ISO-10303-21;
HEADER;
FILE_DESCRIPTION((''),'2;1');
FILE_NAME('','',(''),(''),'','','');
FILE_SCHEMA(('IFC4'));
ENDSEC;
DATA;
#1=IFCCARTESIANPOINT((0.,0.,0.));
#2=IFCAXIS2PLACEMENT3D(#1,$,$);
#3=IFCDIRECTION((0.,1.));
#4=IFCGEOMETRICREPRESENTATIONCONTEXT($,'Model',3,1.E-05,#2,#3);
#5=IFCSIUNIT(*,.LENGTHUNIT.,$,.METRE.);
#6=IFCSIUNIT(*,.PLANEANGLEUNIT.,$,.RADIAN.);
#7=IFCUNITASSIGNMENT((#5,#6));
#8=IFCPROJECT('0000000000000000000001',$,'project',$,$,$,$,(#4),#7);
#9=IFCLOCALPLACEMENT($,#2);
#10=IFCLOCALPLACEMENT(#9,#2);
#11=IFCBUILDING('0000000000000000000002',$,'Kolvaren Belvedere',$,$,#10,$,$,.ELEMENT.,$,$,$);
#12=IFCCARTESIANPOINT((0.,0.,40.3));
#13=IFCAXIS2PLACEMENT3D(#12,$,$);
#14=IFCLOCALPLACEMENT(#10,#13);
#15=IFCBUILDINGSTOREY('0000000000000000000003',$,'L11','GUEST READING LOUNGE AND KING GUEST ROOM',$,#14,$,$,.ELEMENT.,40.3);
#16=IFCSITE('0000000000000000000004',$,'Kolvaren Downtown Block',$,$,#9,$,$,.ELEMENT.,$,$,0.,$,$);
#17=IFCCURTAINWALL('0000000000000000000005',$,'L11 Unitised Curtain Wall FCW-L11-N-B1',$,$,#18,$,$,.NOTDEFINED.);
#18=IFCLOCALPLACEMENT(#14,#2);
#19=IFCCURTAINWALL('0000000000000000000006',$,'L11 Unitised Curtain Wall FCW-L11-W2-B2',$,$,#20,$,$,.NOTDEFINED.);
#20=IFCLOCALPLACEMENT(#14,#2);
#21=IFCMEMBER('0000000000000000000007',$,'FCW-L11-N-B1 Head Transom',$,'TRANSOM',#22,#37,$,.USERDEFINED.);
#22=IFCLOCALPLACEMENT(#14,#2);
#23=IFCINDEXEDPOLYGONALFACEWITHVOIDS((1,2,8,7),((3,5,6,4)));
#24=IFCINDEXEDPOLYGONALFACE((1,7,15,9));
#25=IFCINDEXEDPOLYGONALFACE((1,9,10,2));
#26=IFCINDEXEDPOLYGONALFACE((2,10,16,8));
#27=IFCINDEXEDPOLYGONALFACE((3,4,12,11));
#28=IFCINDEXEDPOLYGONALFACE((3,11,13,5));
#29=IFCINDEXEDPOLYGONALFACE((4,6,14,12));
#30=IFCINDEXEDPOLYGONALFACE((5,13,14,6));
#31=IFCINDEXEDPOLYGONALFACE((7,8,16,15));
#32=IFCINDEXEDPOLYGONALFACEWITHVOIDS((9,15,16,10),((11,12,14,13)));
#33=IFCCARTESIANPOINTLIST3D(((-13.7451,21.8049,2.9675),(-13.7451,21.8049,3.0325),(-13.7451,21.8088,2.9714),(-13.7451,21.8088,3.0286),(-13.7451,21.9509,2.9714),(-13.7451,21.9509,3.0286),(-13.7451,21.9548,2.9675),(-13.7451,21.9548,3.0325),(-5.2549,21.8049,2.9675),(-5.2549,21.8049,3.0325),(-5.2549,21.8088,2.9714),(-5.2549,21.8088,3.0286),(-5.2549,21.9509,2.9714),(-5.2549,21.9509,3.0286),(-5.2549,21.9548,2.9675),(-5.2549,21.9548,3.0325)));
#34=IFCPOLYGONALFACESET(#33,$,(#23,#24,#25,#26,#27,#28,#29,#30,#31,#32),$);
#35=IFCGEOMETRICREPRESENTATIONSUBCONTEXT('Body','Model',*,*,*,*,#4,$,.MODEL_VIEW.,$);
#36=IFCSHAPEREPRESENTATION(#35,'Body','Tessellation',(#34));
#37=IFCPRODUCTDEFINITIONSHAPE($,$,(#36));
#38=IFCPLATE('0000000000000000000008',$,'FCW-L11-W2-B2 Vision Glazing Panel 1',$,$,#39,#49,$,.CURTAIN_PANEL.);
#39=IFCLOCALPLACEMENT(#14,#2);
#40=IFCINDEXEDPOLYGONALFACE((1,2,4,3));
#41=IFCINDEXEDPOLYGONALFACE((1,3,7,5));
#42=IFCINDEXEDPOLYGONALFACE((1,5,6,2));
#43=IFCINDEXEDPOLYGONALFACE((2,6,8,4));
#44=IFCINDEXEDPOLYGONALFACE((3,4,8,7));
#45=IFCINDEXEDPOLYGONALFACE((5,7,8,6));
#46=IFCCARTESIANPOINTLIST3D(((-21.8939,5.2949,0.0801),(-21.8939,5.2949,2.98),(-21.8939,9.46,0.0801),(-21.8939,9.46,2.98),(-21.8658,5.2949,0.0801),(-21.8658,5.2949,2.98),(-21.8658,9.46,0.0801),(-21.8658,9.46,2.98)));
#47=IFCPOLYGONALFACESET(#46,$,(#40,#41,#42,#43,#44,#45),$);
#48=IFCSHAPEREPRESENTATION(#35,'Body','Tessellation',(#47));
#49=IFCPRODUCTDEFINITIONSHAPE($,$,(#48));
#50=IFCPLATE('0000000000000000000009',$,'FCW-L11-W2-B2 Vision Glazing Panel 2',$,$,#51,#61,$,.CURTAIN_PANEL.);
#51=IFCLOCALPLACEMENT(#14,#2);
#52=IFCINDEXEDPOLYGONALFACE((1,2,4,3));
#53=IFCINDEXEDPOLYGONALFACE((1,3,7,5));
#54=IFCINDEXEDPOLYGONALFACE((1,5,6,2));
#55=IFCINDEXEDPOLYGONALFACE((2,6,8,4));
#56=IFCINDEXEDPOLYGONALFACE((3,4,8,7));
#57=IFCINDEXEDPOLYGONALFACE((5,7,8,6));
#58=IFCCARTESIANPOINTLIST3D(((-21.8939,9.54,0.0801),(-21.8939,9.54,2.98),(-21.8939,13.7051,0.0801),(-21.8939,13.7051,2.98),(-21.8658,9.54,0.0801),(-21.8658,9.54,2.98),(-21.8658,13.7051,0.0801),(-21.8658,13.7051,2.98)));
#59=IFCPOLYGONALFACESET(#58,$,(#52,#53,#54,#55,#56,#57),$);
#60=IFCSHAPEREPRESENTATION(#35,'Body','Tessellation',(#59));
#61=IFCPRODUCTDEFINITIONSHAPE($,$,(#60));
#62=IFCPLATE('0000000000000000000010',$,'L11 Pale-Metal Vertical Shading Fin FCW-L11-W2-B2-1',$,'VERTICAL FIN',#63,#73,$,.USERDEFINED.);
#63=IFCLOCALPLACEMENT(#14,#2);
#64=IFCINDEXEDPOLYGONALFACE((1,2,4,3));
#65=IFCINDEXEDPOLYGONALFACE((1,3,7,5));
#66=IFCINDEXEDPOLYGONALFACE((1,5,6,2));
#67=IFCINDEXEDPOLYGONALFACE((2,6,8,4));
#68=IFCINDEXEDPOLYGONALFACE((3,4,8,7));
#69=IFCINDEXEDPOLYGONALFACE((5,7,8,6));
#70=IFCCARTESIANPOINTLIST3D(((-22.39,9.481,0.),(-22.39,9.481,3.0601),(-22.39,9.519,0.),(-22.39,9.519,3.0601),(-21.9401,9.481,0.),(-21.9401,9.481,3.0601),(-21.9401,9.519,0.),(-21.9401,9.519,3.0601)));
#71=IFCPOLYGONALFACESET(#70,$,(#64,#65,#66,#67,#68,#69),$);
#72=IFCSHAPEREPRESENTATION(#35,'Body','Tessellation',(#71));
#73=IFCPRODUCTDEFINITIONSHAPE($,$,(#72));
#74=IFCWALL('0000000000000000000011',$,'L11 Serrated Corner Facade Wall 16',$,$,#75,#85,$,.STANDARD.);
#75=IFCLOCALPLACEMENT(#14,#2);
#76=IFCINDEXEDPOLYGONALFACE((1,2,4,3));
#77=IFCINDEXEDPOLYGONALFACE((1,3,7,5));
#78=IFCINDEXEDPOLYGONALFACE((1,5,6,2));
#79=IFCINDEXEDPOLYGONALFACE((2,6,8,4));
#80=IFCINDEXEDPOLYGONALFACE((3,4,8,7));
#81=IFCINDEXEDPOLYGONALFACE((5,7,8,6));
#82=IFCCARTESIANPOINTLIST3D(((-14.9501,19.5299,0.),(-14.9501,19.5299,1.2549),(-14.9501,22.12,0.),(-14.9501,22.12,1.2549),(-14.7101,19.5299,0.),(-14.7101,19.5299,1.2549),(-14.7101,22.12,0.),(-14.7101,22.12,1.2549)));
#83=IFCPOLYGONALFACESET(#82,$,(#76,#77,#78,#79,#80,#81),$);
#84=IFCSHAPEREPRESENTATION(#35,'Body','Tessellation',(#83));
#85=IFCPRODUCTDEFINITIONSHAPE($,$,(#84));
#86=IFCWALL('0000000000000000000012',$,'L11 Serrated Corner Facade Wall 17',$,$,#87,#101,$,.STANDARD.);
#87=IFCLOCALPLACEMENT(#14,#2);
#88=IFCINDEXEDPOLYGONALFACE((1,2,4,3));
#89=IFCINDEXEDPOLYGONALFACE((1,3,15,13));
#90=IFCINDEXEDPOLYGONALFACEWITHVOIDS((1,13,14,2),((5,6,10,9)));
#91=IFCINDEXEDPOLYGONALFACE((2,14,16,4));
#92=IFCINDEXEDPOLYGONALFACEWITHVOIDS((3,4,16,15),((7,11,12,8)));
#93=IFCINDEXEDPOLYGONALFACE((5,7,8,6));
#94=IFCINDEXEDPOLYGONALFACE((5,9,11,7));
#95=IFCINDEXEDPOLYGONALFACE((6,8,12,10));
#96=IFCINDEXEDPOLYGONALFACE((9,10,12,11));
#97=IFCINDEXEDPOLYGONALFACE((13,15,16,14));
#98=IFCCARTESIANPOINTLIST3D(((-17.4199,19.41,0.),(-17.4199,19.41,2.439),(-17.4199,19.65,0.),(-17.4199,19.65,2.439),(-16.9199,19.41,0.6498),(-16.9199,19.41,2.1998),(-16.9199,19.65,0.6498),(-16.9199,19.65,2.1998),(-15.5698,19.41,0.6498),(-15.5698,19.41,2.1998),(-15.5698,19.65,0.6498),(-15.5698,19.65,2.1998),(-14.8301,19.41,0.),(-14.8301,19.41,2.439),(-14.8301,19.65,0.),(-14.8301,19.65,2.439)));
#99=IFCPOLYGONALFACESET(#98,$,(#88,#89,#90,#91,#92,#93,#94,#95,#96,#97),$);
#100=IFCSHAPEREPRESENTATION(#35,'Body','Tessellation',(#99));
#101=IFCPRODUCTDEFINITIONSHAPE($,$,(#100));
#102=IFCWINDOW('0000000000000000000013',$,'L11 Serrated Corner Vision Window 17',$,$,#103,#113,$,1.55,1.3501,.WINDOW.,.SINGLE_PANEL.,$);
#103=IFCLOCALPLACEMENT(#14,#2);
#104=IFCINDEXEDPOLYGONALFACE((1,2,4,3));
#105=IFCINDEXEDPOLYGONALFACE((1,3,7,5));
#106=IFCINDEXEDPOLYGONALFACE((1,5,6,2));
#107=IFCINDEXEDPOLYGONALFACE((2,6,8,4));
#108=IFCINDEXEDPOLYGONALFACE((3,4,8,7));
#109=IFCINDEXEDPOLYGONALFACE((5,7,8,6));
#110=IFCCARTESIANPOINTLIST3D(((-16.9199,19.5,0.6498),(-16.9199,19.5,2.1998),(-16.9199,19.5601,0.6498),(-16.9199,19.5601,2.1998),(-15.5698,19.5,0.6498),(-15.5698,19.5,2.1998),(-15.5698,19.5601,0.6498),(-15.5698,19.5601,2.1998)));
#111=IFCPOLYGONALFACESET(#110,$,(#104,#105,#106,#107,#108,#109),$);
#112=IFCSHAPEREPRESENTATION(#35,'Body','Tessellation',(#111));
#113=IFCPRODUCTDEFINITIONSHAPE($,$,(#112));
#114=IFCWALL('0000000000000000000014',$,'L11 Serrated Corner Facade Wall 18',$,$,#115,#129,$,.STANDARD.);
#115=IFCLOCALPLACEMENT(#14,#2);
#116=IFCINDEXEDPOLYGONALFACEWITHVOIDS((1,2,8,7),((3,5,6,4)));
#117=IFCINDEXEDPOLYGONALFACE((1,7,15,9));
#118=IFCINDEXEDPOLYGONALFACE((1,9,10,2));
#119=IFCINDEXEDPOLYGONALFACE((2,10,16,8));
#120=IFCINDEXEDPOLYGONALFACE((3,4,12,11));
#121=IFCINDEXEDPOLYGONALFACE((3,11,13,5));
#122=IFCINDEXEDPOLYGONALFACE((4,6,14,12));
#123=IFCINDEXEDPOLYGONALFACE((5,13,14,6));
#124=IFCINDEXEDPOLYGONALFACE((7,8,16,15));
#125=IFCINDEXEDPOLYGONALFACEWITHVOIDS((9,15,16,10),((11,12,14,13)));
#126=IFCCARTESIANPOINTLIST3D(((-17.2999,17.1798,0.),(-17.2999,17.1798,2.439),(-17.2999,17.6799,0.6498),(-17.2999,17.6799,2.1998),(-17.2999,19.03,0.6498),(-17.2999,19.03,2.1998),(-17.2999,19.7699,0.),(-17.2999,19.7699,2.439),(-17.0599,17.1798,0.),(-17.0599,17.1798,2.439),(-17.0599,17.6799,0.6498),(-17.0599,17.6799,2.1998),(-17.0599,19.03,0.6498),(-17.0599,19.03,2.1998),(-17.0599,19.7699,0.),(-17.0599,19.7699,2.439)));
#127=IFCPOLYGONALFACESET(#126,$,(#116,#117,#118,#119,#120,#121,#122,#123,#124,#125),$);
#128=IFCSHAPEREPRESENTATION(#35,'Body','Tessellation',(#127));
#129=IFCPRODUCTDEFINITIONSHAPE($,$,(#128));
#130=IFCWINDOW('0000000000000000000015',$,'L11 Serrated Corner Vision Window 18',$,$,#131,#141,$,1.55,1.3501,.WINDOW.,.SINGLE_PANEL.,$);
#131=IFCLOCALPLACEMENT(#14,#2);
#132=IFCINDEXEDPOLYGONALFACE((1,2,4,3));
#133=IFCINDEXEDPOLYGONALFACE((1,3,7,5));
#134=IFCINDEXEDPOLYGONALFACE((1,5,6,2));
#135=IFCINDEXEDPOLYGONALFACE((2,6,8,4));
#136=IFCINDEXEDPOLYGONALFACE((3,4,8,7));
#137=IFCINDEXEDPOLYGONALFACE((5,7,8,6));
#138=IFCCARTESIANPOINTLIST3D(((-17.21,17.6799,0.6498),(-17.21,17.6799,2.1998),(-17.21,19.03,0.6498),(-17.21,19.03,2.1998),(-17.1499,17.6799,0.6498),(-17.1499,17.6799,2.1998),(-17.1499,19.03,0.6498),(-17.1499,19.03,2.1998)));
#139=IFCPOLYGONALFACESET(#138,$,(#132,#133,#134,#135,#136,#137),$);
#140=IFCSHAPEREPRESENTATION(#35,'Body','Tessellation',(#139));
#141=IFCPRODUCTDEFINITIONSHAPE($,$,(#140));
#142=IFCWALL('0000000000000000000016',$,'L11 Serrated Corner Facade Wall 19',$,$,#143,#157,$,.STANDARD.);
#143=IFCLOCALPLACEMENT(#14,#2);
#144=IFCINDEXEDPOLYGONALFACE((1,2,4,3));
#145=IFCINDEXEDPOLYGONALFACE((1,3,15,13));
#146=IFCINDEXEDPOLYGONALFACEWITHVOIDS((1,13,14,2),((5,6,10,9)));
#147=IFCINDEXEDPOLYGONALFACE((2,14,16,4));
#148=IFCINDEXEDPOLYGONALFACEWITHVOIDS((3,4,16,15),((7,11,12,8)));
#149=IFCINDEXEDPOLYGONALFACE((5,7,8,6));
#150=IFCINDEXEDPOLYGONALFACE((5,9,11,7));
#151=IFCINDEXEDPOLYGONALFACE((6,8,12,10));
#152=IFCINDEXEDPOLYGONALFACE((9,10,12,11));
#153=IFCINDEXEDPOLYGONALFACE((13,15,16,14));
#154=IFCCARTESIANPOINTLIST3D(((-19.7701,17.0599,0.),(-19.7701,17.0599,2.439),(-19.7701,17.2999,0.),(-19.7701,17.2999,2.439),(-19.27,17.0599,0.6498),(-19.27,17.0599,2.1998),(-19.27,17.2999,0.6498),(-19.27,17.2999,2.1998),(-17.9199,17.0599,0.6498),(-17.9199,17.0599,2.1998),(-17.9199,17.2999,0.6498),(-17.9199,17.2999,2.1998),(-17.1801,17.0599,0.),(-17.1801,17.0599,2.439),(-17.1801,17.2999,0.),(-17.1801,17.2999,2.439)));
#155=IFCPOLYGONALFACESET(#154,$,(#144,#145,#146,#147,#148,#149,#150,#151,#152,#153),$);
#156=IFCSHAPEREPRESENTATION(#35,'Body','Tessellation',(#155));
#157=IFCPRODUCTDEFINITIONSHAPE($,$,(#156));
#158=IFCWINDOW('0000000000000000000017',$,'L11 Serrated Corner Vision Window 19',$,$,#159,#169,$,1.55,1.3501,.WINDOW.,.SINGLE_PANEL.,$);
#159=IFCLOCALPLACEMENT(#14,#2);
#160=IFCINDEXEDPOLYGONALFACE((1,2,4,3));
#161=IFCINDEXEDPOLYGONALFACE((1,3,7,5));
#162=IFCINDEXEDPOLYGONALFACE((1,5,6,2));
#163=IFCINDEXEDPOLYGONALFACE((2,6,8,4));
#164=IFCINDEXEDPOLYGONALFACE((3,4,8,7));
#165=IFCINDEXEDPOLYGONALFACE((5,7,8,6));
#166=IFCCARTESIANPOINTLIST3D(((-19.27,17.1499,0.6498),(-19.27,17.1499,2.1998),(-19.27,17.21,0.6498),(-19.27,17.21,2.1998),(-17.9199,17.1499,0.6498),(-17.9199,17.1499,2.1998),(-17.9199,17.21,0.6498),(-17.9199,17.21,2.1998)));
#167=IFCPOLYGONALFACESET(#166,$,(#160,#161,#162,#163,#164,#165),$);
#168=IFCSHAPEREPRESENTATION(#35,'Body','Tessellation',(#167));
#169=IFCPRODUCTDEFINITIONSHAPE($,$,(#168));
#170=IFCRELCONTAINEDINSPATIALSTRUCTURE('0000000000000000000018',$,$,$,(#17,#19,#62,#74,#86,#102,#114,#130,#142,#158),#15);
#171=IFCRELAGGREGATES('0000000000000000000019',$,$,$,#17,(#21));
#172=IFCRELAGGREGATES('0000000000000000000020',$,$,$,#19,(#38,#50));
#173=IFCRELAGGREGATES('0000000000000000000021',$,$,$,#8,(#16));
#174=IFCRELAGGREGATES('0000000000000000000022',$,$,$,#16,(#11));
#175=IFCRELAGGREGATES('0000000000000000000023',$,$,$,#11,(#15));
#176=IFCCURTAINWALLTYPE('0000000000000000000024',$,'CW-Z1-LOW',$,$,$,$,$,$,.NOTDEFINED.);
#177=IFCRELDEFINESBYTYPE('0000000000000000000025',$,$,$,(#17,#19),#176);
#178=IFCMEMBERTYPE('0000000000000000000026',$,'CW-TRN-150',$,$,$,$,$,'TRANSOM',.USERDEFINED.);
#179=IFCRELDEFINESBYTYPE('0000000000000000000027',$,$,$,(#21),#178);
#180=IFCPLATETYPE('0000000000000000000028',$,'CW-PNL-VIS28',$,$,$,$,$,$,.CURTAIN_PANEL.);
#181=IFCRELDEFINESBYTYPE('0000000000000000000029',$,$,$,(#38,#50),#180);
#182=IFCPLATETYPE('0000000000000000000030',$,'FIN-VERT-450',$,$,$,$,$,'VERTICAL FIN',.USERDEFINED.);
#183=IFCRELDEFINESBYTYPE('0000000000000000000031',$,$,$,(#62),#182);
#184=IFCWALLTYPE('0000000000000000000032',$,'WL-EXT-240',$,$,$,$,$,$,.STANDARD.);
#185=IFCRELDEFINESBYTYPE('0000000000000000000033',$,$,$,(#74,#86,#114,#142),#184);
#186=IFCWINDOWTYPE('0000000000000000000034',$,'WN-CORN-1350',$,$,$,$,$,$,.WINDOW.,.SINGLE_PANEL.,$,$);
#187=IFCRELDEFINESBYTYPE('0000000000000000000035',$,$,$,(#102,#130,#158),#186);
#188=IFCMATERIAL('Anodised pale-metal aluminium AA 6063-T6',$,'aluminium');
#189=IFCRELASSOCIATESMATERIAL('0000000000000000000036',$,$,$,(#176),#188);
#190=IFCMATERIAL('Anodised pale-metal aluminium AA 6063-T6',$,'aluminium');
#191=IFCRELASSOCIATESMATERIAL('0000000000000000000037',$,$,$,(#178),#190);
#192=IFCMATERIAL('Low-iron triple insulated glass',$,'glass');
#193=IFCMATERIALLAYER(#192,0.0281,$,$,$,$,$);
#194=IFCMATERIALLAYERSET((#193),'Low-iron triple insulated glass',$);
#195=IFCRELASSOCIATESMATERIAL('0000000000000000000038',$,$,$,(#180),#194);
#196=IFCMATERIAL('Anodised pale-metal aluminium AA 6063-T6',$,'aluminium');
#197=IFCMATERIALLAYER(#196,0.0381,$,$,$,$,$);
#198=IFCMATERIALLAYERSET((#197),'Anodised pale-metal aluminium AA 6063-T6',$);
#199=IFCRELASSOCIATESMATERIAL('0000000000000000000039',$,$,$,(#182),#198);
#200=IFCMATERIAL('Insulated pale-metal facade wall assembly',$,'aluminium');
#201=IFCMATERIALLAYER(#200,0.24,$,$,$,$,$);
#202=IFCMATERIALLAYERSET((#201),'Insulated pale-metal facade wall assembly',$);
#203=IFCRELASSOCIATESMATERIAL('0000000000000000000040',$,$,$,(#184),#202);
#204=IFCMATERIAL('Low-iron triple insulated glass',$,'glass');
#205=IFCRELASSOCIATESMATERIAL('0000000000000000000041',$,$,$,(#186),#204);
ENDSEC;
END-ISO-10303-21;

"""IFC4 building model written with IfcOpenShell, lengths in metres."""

from ifc_helpers import new_model, si_unit, direction, frame, frame_2d, origin, origin_2d, place, context, subcontext, project, spatial, rectangle, hollow_rectangle, extrude, material, layer, layer_set, material_profile, profile_set, type_object, element, fill, aggregate, save


model = new_model("IFC4")

# Units and contexts
model_context = context("Model", 3, precision=1e-05, world=origin(), true_north=direction((0.0, 1.0)))
body_context = subcontext(model_context, "Body", "Model", "MODEL_VIEW")
ifc_project = project(units=[si_unit("LENGTHUNIT", "METRE"), si_unit("PLANEANGLEUNIT", "RADIAN")], contexts=[model_context])

# Site, building, storey
site_placement = place(None, origin())
site = spatial("IfcSite", under=ifc_project, at=site_placement, Name="Kolvaren Downtown Block", CompositionType="ELEMENT", RefElevation=0.0)
building_placement = place(site_placement, origin())
building = spatial("IfcBuilding", under=site, at=building_placement, Name="Kolvaren Belvedere", CompositionType="ELEMENT")
storey_placement = place(building_placement, frame((0.0, 0.0, 40.3)))
storey = spatial("IfcBuildingStorey", under=building, at=storey_placement, Name="L11", Description="GUEST READING LOUNGE AND KING GUEST ROOM", CompositionType="ELEMENT", Elevation=40.3)

# Curtain wall
ifc_material_1 = material(Name="Anodised pale-metal aluminium AA 6063-T6", Category="aluminium")
curtain_wall_type = type_object("IfcCurtainWallType", Name="CW-Z1-LOW", PredefinedType="NOTDEFINED", material=ifc_material_1)
curtain_wall_1_placement = place(storey_placement, origin())
curtain_wall_1 = element("IfcCurtainWall", 1, at=curtain_wall_1_placement, inside=storey, type_object=curtain_wall_type, Name="L11 Unitised Curtain Wall FCW-L11-N-B1", PredefinedType="NOTDEFINED")

# Curtain wall
curtain_wall_2_placement = place(storey_placement, origin())
curtain_wall_2 = element("IfcCurtainWall", 2, at=curtain_wall_2_placement, inside=storey, type_object=curtain_wall_type, Name="L11 Unitised Curtain Wall FCW-L11-W2-B2", PredefinedType="NOTDEFINED")

# Member
ifc_material_2 = material(Name="Anodised pale-metal aluminium AA 6063-T6", Category="aluminium")
ifc_material_profile_1 = material_profile(ifc_material_2, hollow_rectangle(XDim=0.0649, YDim=0.1499, WallThickness=0.0039, at=origin_2d()), Name="ALU-TRN-150X65")
ifc_profile_set_1 = profile_set([ifc_material_profile_1], Name="Anodised pale-metal aluminium AA 6063-T6")
member_type_1 = type_object("IfcMemberType", Name="CW-TRN-150", ElementType="TRANSOM", PredefinedType="USERDEFINED", material=ifc_profile_set_1)
member_1_placement = place(storey_placement, frame((-13.7451, 21.8799, 3.0), z_axis=(1.0, 0.0, 0.0), x_axis=(0.0, 0.0, 1.0)))
member_1 = element("IfcMember", 3, at=member_1_placement, type_object=member_type_1, Name="FCW-L11-N-B1 Head Transom", ObjectType="TRANSOM", PredefinedType="USERDEFINED", context=body_context, shape_type="SweptSolid", body=[
    extrude(hollow_rectangle(XDim=0.0649, YDim=0.1499, WallThickness=0.0039, at=origin_2d()), origin(), (0.0, 0.0, 1.0), 8.4902),
])
aggregate(curtain_wall_1, [member_1])

# Plates
ifc_material_3 = material(Name="Low-iron triple insulated glass", Category="glass")
ifc_layer_1 = layer(ifc_material_3, 0.0281)
ifc_layer_set_1 = layer_set([ifc_layer_1], Name="Low-iron triple insulated glass")
plate_type_1 = type_object("IfcPlateType", Name="CW-PNL-VIS28", PredefinedType="CURTAIN_PANEL", material=ifc_layer_set_1)
plate_1_placement = place(storey_placement, frame((-21.8799, 7.3774, 0.0801), z_axis=(0.0, 0.0, 1.0), x_axis=(0.0, 1.0, 0.0)))
plate_1 = element("IfcPlate", 4, at=plate_1_placement, type_object=plate_type_1, Name="FCW-L11-W2-B2 Vision Glazing Panel 1", PredefinedType="CURTAIN_PANEL", context=body_context, shape_type="SweptSolid", body=[
    extrude(rectangle(XDim=4.165, YDim=0.0281, at=origin_2d()), origin(), (0.0, 0.0, 1.0), 2.8999),
])
plate_2_placement = place(storey_placement, frame((-21.8799, 11.6226, 0.0801), z_axis=(0.0, 0.0, 1.0), x_axis=(0.0, 1.0, 0.0)))
plate_2 = element("IfcPlate", 5, at=plate_2_placement, type_object=plate_type_1, Name="FCW-L11-W2-B2 Vision Glazing Panel 2", PredefinedType="CURTAIN_PANEL", context=body_context, shape_type="SweptSolid", body=[
    extrude(rectangle(XDim=4.165, YDim=0.0281, at=origin_2d()), origin(), (0.0, 0.0, 1.0), 2.8999),
])
aggregate(curtain_wall_2, [plate_1, plate_2])
ifc_material_4 = material(Name="Anodised pale-metal aluminium AA 6063-T6", Category="aluminium")
ifc_layer_2 = layer(ifc_material_4, 0.0381)
ifc_layer_set_2 = layer_set([ifc_layer_2], Name="Anodised pale-metal aluminium AA 6063-T6")
plate_type_2 = type_object("IfcPlateType", Name="FIN-VERT-450", ElementType="VERTICAL FIN", PredefinedType="USERDEFINED", material=ifc_layer_set_2)
plate_3_placement = place(storey_placement, frame((-22.165, 9.5, 0.0), z_axis=(0.0, 0.0, 1.0), x_axis=(1.0, 0.0, 0.0)))
element("IfcPlate", 6, at=plate_3_placement, inside=storey, type_object=plate_type_2, Name="L11 Pale-Metal Vertical Shading Fin FCW-L11-W2-B2-1", ObjectType="VERTICAL FIN", PredefinedType="USERDEFINED", context=body_context, shape_type="SweptSolid", body=[
    extrude(rectangle(XDim=0.45, YDim=0.0381, at=origin_2d()), origin(), (0.0, 0.0, 1.0), 3.0601),
])

# Wall
ifc_material_5 = material(Name="Insulated pale-metal facade wall assembly", Category="aluminium")
ifc_layer_3 = layer(ifc_material_5, 0.24)
ifc_layer_set_3 = layer_set([ifc_layer_3], Name="Insulated pale-metal facade wall assembly")
wall_type_1 = type_object("IfcWallType", Name="WL-EXT-240", PredefinedType="STANDARD", material=ifc_layer_set_3)
wall_1_placement = place(storey_placement, frame((-14.8301, 19.53, 0.0), z_axis=(0.0, 0.0, 1.0), x_axis=(0.0, 1.0, 0.0)))
element("IfcWall", 7, at=wall_1_placement, inside=storey, type_object=wall_type_1, Name="L11 Serrated Corner Facade Wall 16", PredefinedType="STANDARD", context=body_context, shape_type="SweptSolid", body=[
    extrude(rectangle(XDim=2.5901, YDim=0.24, at=frame_2d((1.2949, 0.0))), origin(), (0.0, 0.0, 1.0), 1.2549),
])

# Walls, openings, windows
wall_2_placement = place(storey_placement, frame((-17.4199, 19.53, 0.0), z_axis=(0.0, 0.0, 1.0), x_axis=(1.0, 0.0, 0.0)))
wall_2 = element("IfcWall", 8, at=wall_2_placement, inside=storey, type_object=wall_type_1, Name="L11 Serrated Corner Facade Wall 17", PredefinedType="STANDARD", context=body_context, shape_type="SweptSolid", body=[
    extrude(rectangle(XDim=2.5898, YDim=0.24, at=frame_2d((1.2949, 0.0))), origin(), (0.0, 0.0, 1.0), 2.439),
])
opening_1_placement = place(wall_2_placement, frame((0.5, 0.0, 0.6499)))
opening_1 = element("IfcOpeningElement", 9, at=opening_1_placement, cuts=wall_2, PredefinedType="OPENING", context=body_context, shape_type="SweptSolid", body=[
    extrude(rectangle(XDim=1.3501, YDim=1.55, at=frame_2d((0.675, 0.7749))), frame((0.0, 0.1299, 0.0), z_axis=(0.0, -1.0, 0.0), x_axis=(1.0, 0.0, 0.0)), (0.0, 0.0, 1.0), 0.26),
])
ifc_material_6 = material(Name="Low-iron triple insulated glass", Category="glass")
window_type = type_object("IfcWindowType", Name="WN-CORN-1350", PartitioningType="SINGLE_PANEL", PredefinedType="WINDOW", material=ifc_material_6)
window_1_placement = place(opening_1_placement, origin())
window_1 = element("IfcWindow", 10, at=window_1_placement, inside=storey, type_object=window_type, Name="L11 Serrated Corner Vision Window 17", OverallHeight=1.55, OverallWidth=1.3501, PartitioningType="SINGLE_PANEL", PredefinedType="WINDOW", context=body_context, shape_type="SweptSolid", body=[
    extrude(rectangle(XDim=1.3501, YDim=1.55, at=frame_2d((0.675, 0.7749))), frame((0.0, 0.03, 0.0), z_axis=(0.0, -1.0, 0.0), x_axis=(1.0, 0.0, 0.0)), (0.0, 0.0, 1.0), 0.0601),
])
fill(opening_1, window_1)
wall_3_placement = place(storey_placement, frame((-17.1799, 17.1799, 0.0), z_axis=(0.0, 0.0, 1.0), x_axis=(0.0, 1.0, 0.0)))
wall_3 = element("IfcWall", 11, at=wall_3_placement, inside=storey, type_object=wall_type_1, Name="L11 Serrated Corner Facade Wall 18", PredefinedType="STANDARD", context=body_context, shape_type="SweptSolid", body=[
    extrude(rectangle(XDim=2.5901, YDim=0.24, at=frame_2d((1.2949, 0.0))), origin(), (0.0, 0.0, 1.0), 2.439),
])
opening_2_placement = place(wall_3_placement, frame((0.5, 0.0, 0.6499)))
opening_2 = element("IfcOpeningElement", 12, at=opening_2_placement, cuts=wall_3, PredefinedType="OPENING", context=body_context, shape_type="SweptSolid", body=[
    extrude(rectangle(XDim=1.3501, YDim=1.55, at=frame_2d((0.675, 0.7749))), frame((0.0, 0.1299, 0.0), z_axis=(0.0, -1.0, 0.0), x_axis=(1.0, 0.0, 0.0)), (0.0, 0.0, 1.0), 0.26),
])
window_2_placement = place(opening_2_placement, origin())
window_2 = element("IfcWindow", 13, at=window_2_placement, inside=storey, type_object=window_type, Name="L11 Serrated Corner Vision Window 18", OverallHeight=1.55, OverallWidth=1.3501, PartitioningType="SINGLE_PANEL", PredefinedType="WINDOW", context=body_context, shape_type="SweptSolid", body=[
    extrude(rectangle(XDim=1.3501, YDim=1.55, at=frame_2d((0.675, 0.7749))), frame((0.0, 0.03, 0.0), z_axis=(0.0, -1.0, 0.0), x_axis=(1.0, 0.0, 0.0)), (0.0, 0.0, 1.0), 0.0601),
])
fill(opening_2, window_2)
wall_4_placement = place(storey_placement, frame((-19.77, 17.1799, 0.0), z_axis=(0.0, 0.0, 1.0), x_axis=(1.0, 0.0, 0.0)))
wall_4 = element("IfcWall", 14, at=wall_4_placement, inside=storey, type_object=wall_type_1, Name="L11 Serrated Corner Facade Wall 19", PredefinedType="STANDARD", context=body_context, shape_type="SweptSolid", body=[
    extrude(rectangle(XDim=2.5901, YDim=0.24, at=frame_2d((1.2949, 0.0))), origin(), (0.0, 0.0, 1.0), 2.439),
])
opening_3_placement = place(wall_4_placement, frame((0.5, 0.0, 0.6499)))
opening_3 = element("IfcOpeningElement", 15, at=opening_3_placement, cuts=wall_4, PredefinedType="OPENING", context=body_context, shape_type="SweptSolid", body=[
    extrude(rectangle(XDim=1.3501, YDim=1.55, at=frame_2d((0.675, 0.7749))), frame((0.0, 0.1299, 0.0), z_axis=(0.0, -1.0, 0.0), x_axis=(1.0, 0.0, 0.0)), (0.0, 0.0, 1.0), 0.26),
])
window_3_placement = place(opening_3_placement, origin())
window_3 = element("IfcWindow", 16, at=window_3_placement, inside=storey, type_object=window_type, Name="L11 Serrated Corner Vision Window 19", OverallHeight=1.55, OverallWidth=1.3501, PartitioningType="SINGLE_PANEL", PredefinedType="WINDOW", context=body_context, shape_type="SweptSolid", body=[
    extrude(rectangle(XDim=1.3501, YDim=1.55, at=frame_2d((0.675, 0.7749))), frame((0.0, 0.03, 0.0), z_axis=(0.0, -1.0, 0.0), x_axis=(1.0, 0.0, 0.0)), (0.0, 0.0, 1.0), 0.0601),
])
fill(opening_3, window_3)

save(model, "model.ifc")
